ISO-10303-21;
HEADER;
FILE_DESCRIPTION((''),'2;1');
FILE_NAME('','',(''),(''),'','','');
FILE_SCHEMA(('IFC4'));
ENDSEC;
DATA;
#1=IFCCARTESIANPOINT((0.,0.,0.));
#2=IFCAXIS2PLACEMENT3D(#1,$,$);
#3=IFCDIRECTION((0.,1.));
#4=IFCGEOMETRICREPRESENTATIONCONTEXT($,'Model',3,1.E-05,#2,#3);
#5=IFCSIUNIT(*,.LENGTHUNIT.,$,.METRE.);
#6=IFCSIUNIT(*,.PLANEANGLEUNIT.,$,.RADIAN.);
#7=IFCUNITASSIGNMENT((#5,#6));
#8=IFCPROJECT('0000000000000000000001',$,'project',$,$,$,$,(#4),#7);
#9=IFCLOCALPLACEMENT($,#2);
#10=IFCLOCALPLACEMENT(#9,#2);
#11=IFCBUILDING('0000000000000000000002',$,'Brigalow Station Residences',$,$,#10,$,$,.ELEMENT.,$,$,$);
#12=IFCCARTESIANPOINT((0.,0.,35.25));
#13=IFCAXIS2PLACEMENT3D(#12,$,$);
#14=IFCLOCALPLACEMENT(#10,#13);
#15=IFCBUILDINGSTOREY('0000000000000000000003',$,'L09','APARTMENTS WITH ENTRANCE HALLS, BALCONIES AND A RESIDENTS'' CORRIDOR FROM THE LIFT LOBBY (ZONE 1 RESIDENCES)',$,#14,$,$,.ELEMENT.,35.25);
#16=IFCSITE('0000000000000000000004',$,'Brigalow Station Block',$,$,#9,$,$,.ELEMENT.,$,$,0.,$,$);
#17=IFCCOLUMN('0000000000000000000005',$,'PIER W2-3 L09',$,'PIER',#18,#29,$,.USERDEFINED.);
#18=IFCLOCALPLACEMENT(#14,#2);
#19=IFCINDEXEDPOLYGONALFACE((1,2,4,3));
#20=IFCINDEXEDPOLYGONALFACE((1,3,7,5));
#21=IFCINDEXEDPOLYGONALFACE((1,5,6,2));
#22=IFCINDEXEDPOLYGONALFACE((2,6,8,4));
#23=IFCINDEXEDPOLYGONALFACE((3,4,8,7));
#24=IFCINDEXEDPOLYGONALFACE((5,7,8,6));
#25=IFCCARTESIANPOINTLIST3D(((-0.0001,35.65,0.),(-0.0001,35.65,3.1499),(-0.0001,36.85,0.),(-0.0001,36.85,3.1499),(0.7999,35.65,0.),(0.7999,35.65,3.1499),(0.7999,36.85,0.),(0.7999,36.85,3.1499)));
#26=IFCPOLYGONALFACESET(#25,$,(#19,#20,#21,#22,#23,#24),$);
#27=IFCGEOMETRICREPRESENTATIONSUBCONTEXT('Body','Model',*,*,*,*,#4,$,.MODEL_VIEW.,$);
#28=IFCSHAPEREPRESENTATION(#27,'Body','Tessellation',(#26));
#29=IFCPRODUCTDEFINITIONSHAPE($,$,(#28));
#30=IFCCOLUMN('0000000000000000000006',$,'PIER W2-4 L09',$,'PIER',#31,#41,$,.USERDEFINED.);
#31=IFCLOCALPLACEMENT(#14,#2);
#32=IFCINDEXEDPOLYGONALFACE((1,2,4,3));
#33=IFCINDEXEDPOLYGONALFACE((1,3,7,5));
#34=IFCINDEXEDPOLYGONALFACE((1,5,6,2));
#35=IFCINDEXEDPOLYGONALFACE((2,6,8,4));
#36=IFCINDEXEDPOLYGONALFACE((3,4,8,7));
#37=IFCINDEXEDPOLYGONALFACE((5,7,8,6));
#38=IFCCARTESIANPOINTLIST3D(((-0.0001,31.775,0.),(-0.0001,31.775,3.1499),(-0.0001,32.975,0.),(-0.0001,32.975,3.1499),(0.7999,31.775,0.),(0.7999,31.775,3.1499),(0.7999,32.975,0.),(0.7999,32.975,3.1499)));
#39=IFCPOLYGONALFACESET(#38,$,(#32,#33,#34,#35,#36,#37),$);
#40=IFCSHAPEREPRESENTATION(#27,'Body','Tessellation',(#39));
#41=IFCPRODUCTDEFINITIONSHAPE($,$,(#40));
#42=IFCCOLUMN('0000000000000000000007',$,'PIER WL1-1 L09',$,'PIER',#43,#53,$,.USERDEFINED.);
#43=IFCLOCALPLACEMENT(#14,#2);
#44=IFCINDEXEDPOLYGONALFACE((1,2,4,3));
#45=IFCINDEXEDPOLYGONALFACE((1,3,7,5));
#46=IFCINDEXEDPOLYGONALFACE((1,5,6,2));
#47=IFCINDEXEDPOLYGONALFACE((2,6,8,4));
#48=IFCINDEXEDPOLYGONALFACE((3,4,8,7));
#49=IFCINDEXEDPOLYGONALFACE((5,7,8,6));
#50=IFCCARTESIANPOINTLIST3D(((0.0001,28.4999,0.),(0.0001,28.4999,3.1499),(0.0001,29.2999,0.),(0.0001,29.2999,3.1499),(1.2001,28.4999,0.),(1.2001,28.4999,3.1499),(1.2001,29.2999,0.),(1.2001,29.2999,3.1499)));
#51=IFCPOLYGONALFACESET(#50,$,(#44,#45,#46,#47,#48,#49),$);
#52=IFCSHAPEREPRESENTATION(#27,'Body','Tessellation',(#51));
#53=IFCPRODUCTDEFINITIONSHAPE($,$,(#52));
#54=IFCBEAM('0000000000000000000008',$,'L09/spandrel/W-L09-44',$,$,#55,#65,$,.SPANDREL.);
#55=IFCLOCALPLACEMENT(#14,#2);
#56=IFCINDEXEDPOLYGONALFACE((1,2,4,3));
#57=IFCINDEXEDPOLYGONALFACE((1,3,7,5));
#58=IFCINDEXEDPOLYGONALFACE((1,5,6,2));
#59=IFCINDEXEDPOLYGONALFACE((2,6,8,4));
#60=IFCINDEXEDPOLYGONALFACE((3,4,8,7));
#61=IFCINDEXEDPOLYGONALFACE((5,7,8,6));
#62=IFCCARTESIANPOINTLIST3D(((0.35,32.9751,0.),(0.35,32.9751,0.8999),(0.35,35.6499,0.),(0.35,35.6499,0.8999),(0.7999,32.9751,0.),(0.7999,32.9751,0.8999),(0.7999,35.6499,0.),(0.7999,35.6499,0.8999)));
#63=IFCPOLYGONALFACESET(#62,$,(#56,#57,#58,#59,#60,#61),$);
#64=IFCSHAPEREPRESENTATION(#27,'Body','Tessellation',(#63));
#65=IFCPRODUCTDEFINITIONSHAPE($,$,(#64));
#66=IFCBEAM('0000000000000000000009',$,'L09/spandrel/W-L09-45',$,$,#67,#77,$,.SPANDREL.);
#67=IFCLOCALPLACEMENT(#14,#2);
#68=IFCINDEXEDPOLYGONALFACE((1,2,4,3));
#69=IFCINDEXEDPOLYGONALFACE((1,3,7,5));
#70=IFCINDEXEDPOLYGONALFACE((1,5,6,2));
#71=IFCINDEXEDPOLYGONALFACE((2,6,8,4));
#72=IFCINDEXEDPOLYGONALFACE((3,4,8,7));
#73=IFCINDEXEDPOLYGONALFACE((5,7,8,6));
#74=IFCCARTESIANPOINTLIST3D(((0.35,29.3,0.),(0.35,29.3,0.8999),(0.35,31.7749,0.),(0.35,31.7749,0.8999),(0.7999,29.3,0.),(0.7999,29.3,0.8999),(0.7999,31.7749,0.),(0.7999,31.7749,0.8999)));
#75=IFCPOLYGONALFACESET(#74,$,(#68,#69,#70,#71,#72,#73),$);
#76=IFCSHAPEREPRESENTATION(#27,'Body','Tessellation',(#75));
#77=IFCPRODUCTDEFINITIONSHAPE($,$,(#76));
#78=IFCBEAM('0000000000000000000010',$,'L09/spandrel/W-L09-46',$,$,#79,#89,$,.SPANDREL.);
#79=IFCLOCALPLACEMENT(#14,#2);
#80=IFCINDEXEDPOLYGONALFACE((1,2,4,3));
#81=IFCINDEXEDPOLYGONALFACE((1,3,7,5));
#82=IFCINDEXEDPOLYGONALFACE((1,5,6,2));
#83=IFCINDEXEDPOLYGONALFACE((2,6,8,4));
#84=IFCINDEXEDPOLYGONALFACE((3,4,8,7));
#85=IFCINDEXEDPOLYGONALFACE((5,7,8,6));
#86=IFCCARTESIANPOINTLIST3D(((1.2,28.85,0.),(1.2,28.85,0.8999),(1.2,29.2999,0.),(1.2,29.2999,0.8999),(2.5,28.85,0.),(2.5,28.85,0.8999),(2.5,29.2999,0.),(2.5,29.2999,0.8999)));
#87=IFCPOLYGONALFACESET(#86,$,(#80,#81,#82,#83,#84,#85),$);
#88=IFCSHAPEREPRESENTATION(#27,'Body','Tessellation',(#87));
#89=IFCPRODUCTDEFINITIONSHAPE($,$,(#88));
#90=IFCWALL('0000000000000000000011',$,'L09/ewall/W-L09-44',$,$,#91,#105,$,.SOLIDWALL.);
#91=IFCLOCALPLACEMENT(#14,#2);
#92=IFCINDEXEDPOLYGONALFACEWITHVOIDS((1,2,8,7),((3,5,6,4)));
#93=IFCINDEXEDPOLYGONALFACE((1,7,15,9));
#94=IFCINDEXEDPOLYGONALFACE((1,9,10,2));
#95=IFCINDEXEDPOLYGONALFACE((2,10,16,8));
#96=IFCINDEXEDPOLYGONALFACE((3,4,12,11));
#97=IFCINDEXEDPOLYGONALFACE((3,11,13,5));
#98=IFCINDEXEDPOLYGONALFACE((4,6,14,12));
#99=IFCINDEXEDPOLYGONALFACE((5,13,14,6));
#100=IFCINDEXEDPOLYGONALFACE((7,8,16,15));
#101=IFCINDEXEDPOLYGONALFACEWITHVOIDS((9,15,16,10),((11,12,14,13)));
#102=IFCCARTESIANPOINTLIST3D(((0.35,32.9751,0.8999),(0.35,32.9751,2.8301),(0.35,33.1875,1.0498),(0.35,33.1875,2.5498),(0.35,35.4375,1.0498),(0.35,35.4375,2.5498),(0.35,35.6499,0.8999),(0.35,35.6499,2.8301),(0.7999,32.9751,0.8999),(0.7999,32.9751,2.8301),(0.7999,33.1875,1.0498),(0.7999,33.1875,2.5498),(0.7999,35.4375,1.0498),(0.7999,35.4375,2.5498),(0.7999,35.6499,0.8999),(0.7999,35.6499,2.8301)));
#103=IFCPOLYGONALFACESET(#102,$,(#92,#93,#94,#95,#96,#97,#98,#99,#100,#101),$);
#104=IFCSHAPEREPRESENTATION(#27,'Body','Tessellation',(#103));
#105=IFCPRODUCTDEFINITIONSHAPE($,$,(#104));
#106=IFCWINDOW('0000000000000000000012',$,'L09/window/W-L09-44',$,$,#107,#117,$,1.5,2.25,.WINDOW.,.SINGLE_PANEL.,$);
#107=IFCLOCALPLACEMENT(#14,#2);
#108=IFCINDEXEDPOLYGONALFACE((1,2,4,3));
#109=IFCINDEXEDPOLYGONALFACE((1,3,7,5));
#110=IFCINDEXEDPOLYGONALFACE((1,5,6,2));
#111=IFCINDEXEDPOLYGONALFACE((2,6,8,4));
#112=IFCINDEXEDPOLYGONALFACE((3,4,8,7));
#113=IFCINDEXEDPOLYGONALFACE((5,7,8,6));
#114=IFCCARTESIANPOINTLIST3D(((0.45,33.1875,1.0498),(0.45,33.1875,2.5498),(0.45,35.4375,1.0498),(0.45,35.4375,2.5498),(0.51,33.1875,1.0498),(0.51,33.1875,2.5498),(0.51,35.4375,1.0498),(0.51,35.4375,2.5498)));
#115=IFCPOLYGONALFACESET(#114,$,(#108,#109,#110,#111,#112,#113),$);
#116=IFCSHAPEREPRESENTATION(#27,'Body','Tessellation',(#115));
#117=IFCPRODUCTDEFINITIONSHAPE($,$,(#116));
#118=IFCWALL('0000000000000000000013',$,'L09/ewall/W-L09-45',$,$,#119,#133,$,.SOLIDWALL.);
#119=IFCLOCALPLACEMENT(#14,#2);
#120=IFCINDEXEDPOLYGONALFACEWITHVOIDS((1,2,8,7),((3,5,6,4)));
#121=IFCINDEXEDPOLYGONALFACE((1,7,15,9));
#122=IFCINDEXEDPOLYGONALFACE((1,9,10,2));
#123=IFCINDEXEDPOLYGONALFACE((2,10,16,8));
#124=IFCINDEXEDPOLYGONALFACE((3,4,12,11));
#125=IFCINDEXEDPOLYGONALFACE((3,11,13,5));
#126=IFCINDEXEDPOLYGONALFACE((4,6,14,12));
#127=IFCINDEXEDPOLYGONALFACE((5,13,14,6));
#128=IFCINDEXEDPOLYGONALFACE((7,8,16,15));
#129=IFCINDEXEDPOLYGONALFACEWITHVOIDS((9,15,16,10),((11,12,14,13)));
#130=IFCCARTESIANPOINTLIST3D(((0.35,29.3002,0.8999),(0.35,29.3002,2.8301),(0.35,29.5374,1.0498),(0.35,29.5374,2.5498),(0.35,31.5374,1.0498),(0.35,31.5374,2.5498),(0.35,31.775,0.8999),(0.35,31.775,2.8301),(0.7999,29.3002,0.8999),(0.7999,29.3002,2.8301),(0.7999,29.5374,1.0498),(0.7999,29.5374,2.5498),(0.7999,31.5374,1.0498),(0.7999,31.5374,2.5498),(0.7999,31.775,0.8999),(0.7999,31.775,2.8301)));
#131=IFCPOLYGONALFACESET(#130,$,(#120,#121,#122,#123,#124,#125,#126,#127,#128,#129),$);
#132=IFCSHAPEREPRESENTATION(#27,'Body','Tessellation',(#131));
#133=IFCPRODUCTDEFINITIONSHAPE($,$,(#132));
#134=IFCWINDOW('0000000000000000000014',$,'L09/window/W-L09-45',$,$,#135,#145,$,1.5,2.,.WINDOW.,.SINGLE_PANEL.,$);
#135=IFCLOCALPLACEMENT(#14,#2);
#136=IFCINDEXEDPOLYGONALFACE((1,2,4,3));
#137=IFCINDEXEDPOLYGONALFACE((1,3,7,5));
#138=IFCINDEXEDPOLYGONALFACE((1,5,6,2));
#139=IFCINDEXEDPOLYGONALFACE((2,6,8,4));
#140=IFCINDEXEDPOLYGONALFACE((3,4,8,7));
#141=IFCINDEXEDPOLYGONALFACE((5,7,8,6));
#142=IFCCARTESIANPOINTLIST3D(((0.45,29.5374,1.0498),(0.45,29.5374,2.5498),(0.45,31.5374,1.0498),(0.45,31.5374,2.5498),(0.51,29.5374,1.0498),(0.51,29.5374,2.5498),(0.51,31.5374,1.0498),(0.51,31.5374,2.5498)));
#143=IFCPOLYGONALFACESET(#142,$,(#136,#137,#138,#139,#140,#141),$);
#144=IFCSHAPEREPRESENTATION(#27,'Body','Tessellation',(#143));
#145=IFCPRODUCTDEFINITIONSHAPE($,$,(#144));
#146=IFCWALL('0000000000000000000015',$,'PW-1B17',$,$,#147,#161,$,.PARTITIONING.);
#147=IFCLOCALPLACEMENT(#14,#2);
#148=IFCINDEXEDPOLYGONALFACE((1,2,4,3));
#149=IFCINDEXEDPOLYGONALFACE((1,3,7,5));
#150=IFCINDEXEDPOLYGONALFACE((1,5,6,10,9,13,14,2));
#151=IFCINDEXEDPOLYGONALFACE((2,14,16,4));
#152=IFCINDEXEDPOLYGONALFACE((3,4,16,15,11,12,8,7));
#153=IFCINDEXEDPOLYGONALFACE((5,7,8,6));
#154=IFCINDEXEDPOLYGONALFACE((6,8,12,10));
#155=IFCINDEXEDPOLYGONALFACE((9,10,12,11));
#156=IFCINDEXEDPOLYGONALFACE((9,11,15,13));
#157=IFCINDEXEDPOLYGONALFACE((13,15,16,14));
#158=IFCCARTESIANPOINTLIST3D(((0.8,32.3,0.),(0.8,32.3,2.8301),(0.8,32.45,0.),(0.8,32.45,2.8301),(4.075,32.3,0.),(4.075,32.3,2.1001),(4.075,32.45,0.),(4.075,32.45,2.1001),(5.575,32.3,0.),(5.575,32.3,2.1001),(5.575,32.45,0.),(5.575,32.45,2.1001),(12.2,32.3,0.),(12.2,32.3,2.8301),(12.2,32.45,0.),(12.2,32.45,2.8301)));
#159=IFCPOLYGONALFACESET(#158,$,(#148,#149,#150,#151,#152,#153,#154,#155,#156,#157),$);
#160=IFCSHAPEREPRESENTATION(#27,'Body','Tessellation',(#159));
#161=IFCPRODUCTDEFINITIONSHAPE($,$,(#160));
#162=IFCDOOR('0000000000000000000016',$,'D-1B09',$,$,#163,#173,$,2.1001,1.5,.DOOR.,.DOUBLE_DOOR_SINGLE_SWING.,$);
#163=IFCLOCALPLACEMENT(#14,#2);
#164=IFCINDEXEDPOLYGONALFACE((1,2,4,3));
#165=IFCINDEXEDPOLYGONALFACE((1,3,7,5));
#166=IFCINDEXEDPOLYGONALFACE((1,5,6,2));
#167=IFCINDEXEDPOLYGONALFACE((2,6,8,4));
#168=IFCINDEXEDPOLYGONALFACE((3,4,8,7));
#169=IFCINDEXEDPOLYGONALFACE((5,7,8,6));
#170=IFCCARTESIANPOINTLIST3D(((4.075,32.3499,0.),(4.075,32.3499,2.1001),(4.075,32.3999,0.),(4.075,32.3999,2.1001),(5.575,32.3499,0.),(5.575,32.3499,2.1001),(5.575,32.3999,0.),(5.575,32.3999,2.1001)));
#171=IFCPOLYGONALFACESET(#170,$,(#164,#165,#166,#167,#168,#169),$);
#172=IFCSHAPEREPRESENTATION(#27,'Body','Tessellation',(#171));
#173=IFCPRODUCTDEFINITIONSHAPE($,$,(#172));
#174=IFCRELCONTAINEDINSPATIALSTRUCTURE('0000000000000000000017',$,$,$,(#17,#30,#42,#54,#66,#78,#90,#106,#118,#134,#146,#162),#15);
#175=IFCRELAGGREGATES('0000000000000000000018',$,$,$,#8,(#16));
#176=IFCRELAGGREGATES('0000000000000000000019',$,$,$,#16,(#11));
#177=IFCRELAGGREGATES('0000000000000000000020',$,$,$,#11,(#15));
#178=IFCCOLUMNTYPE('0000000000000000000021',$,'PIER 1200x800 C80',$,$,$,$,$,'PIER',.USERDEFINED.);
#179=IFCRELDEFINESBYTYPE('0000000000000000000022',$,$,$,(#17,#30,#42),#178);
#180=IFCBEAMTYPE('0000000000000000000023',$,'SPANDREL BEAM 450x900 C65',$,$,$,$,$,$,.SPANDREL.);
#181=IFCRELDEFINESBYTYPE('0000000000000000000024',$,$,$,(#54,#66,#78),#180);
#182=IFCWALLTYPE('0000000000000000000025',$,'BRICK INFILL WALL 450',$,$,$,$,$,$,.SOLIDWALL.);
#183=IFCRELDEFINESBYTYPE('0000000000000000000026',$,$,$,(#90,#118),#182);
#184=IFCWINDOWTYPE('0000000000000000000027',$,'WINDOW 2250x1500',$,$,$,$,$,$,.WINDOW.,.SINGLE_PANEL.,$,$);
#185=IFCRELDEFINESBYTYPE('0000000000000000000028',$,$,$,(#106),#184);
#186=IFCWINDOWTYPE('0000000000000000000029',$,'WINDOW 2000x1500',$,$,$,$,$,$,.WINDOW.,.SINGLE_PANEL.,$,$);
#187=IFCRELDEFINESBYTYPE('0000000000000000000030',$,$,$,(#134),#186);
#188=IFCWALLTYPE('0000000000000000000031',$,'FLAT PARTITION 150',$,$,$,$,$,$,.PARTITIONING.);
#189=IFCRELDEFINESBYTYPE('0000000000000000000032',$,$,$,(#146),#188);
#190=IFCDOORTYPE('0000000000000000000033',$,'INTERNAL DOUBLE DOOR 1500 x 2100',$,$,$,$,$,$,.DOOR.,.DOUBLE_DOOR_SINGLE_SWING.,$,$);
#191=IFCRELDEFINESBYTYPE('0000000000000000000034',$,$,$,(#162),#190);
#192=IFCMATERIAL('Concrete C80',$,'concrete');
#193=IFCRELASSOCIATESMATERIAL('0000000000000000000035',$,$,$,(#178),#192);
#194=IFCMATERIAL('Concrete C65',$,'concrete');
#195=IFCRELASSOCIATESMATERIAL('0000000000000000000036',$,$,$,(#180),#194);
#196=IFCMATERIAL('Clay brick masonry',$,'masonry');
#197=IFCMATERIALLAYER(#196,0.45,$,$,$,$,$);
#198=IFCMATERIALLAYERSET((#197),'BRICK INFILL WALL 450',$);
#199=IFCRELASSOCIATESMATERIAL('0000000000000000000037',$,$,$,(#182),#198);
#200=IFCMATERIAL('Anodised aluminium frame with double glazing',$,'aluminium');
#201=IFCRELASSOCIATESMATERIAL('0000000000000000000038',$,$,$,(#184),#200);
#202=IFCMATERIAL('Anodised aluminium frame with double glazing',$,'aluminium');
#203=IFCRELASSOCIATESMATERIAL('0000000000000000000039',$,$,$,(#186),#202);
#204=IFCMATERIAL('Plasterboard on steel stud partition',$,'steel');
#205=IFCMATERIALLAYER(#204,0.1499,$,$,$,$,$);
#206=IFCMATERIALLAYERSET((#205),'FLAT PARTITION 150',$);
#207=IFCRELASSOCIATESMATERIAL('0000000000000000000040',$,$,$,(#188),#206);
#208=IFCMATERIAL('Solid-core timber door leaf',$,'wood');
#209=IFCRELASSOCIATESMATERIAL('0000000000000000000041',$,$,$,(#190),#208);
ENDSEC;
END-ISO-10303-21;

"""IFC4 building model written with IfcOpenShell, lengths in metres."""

from ifc_helpers import new_model, si_unit, direction, frame, frame_2d, origin, origin_2d, place, context, subcontext, project, spatial, rectangle, extrude, material, layer, layer_set, material_profile, profile_set, type_object, element, fill, save


model = new_model("IFC4")

# Units and contexts
model_context = context("Model", 3, precision=1e-05, world=origin(), true_north=direction((0.0, 1.0)))
body_context = subcontext(model_context, "Body", "Model", "MODEL_VIEW")
ifc_project = project(units=[si_unit("LENGTHUNIT", "METRE"), si_unit("PLANEANGLEUNIT", "RADIAN")], contexts=[model_context])

# Site, building, storey
site_placement = place(None, origin())
site = spatial("IfcSite", under=ifc_project, at=site_placement, Name="Brigalow Station Block", CompositionType="ELEMENT", RefElevation=0.0)
building_placement = place(site_placement, origin())
building = spatial("IfcBuilding", under=site, at=building_placement, Name="Brigalow Station Residences", CompositionType="ELEMENT")
storey_placement = place(building_placement, frame((0.0, 0.0, 35.25)))
storey = spatial("IfcBuildingStorey", under=building, at=storey_placement, Name="L09", Description="APARTMENTS WITH ENTRANCE HALLS, BALCONIES AND A RESIDENTS' CORRIDOR FROM THE LIFT LOBBY (ZONE 1 RESIDENCES)", CompositionType="ELEMENT", Elevation=35.25)

# Columns
ifc_material_1 = material(Name="Concrete C80", Category="concrete")
ifc_material_profile_1 = material_profile(ifc_material_1, rectangle(XDim=1.2, YDim=0.8, at=origin_2d()), Name="RC1200x800")
ifc_profile_set_1 = profile_set([ifc_material_profile_1], Name="Concrete C80")
column_type = type_object("IfcColumnType", Name="PIER 1200x800 C80", ElementType="PIER", PredefinedType="USERDEFINED", material=ifc_profile_set_1)
for number, where, z_axis, x_axis, name in (
    (1, (0.3999, 36.25, 0.0), (0.0, 0.0, 1.0), (0.0, -1.0, 0.0), "PIER W2-3 L09"),
    (2, (0.3999, 32.375, 0.0), (0.0, 0.0, 1.0), (0.0, -1.0, 0.0), "PIER W2-4 L09"),
    (3, (0.6001, 28.8999, 0.0), (0.0, 0.0, 1.0), (1.0, 0.0, 0.0), "PIER WL1-1 L09"),
):
    element("IfcColumn", number, at=place(storey_placement, frame(where, z_axis=z_axis, x_axis=x_axis)), inside=storey, type_object=column_type, Name=name, ObjectType="PIER", PredefinedType="USERDEFINED", context=body_context, shape_type="SweptSolid", body=[
        extrude(rectangle(XDim=1.2, YDim=0.8, at=origin_2d()), origin(), (0.0, 0.0, 1.0), 3.1499),
    ])

# Beams
ifc_material_2 = material(Name="Concrete C65", Category="concrete")
ifc_material_profile_2 = material_profile(ifc_material_2, rectangle(XDim=0.45, YDim=0.8999, at=origin_2d()), Name="RC450x900")
ifc_profile_set_2 = profile_set([ifc_material_profile_2], Name="Concrete C65")
beam_type = type_object("IfcBeamType", Name="SPANDREL BEAM 450x900 C65", PredefinedType="SPANDREL", material=ifc_profile_set_2)
beam_1_placement = place(storey_placement, frame((0.575, 35.6499, 0.45), z_axis=(0.0, -1.0, 0.0), x_axis=(1.0, 0.0, 0.0)))
element("IfcBeam", 4, at=beam_1_placement, inside=storey, type_object=beam_type, Name="L09/spandrel/W-L09-44", PredefinedType="SPANDREL", context=body_context, shape_type="SweptSolid", body=[
    extrude(rectangle(XDim=0.45, YDim=0.8999, at=origin_2d()), origin(), (0.0, 0.0, 1.0), 2.6748),
])
beam_2_placement = place(storey_placement, frame((0.575, 31.7749, 0.45), z_axis=(0.0, -1.0, 0.0), x_axis=(1.0, 0.0, 0.0)))
element("IfcBeam", 5, at=beam_2_placement, inside=storey, type_object=beam_type, Name="L09/spandrel/W-L09-45", PredefinedType="SPANDREL", context=body_context, shape_type="SweptSolid", body=[
    extrude(rectangle(XDim=0.45, YDim=0.8999, at=origin_2d()), origin(), (0.0, 0.0, 1.0), 2.4749),
])
beam_3_placement = place(storey_placement, frame((1.2, 29.075, 0.45), z_axis=(1.0, 0.0, 0.0), x_axis=(0.0, 1.0, 0.0)))
element("IfcBeam", 6, at=beam_3_placement, inside=storey, type_object=beam_type, Name="L09/spandrel/W-L09-46", PredefinedType="SPANDREL", context=body_context, shape_type="SweptSolid", body=[
    extrude(rectangle(XDim=0.45, YDim=0.8999, at=origin_2d()), origin(), (0.0, 0.0, 1.0), 1.3),
])

# Walls, openings, windows
ifc_material_3 = material(Name="Clay brick masonry", Category="masonry")
ifc_layer_1 = layer(ifc_material_3, 0.45)
ifc_layer_set_1 = layer_set([ifc_layer_1], Name="BRICK INFILL WALL 450")
wall_type_1 = type_object("IfcWallType", Name="BRICK INFILL WALL 450", PredefinedType="SOLIDWALL", material=ifc_layer_set_1)
wall_1_placement = place(storey_placement, frame((0.575, 35.6499, 0.8999), z_axis=(0.0, 0.0, 1.0), x_axis=(0.0, -1.0, 0.0)))
wall_1 = element("IfcWall", 7, at=wall_1_placement, inside=storey, type_object=wall_type_1, Name="L09/ewall/W-L09-44", PredefinedType="SOLIDWALL", context=body_context, shape_type="SweptSolid", body=[
    extrude(rectangle(XDim=2.6748, YDim=0.45, at=frame_2d((1.3374, 0.0))), origin(), (0.0, 0.0, 1.0), 1.9302),
])
opening_1_placement = place(wall_1_placement, frame((0.2124, 0.0, 0.1499)))
opening_1 = element("IfcOpeningElement", 8, at=opening_1_placement, cuts=wall_1, PredefinedType="OPENING", context=body_context, shape_type="SweptSolid", body=[
    extrude(rectangle(XDim=2.25, YDim=1.5, at=frame_2d((1.125, 0.75))), frame((0.0, 0.2349, 0.0), z_axis=(0.0, -1.0, 0.0), x_axis=(1.0, 0.0, 0.0)), (0.0, 0.0, 1.0), 0.47),
])
ifc_material_4 = material(Name="Anodised aluminium frame with double glazing", Category="aluminium")
window_type_1 = type_object("IfcWindowType", Name="WINDOW 2250x1500", PartitioningType="SINGLE_PANEL", PredefinedType="WINDOW", material=ifc_material_4)
window_1_placement = place(opening_1_placement, origin())
window_1 = element("IfcWindow", 9, at=window_1_placement, inside=storey, type_object=window_type_1, Name="L09/window/W-L09-44", OverallHeight=1.5, OverallWidth=2.25, PartitioningType="SINGLE_PANEL", PredefinedType="WINDOW", context=body_context, shape_type="SweptSolid", body=[
    extrude(rectangle(XDim=2.25, YDim=1.5, at=frame_2d((1.125, 0.75))), frame((0.0, -0.0649, 0.0), z_axis=(0.0, -1.0, 0.0), x_axis=(1.0, 0.0, 0.0)), (0.0, 0.0, 1.0), 0.0601),
])
fill(opening_1, window_1)
wall_2_placement = place(storey_placement, frame((0.575, 31.7749, 0.8999), z_axis=(0.0, 0.0, 1.0), x_axis=(0.0, -1.0, 0.0)))
wall_2 = element("IfcWall", 10, at=wall_2_placement, inside=storey, type_object=wall_type_1, Name="L09/ewall/W-L09-45", PredefinedType="SOLIDWALL", context=body_context, shape_type="SweptSolid", body=[
    extrude(rectangle(XDim=2.4749, YDim=0.45, at=frame_2d((1.2373, 0.0))), origin(), (0.0, 0.0, 1.0), 1.9302),
])
opening_2_placement = place(wall_2_placement, frame((0.2375, 0.0, 0.1499)))
opening_2 = element("IfcOpeningElement", 11, at=opening_2_placement, cuts=wall_2, PredefinedType="OPENING", context=body_context, shape_type="SweptSolid", body=[
    extrude(rectangle(XDim=2.0, YDim=1.5, at=frame_2d((1.0, 0.75))), frame((0.0, 0.2349, 0.0), z_axis=(0.0, -1.0, 0.0), x_axis=(1.0, 0.0, 0.0)), (0.0, 0.0, 1.0), 0.47),
])
ifc_material_5 = material(Name="Anodised aluminium frame with double glazing", Category="aluminium")
window_type_2 = type_object("IfcWindowType", Name="WINDOW 2000x1500", PartitioningType="SINGLE_PANEL", PredefinedType="WINDOW", material=ifc_material_5)
window_2_placement = place(opening_2_placement, origin())
window_2 = element("IfcWindow", 12, at=window_2_placement, inside=storey, type_object=window_type_2, Name="L09/window/W-L09-45", OverallHeight=1.5, OverallWidth=2.0, PartitioningType="SINGLE_PANEL", PredefinedType="WINDOW", context=body_context, shape_type="SweptSolid", body=[
    extrude(rectangle(XDim=2.0, YDim=1.5, at=frame_2d((1.0, 0.75))), frame((0.0, -0.0649, 0.0), z_axis=(0.0, -1.0, 0.0), x_axis=(1.0, 0.0, 0.0)), (0.0, 0.0, 1.0), 0.0601),
])
fill(opening_2, window_2)

# Wall, opening, door
ifc_material_6 = material(Name="Plasterboard on steel stud partition", Category="steel")
ifc_layer_2 = layer(ifc_material_6, 0.1499)
ifc_layer_set_2 = layer_set([ifc_layer_2], Name="FLAT PARTITION 150")
wall_type_2 = type_object("IfcWallType", Name="FLAT PARTITION 150", PredefinedType="PARTITIONING", material=ifc_layer_set_2)
wall_3_placement = place(storey_placement, frame((0.8, 32.375, 0.0), z_axis=(0.0, 0.0, 1.0), x_axis=(1.0, 0.0, 0.0)))
wall_3 = element("IfcWall", 13, at=wall_3_placement, inside=storey, type_object=wall_type_2, Name="PW-1B17", PredefinedType="PARTITIONING", context=body_context, shape_type="SweptSolid", body=[
    extrude(rectangle(XDim=11.3999, YDim=0.1499, at=frame_2d((5.7, 0.0))), origin(), (0.0, 0.0, 1.0), 2.8301),
])
opening_3_placement = place(wall_3_placement, frame((3.2749, 0.0, 0.0)))
opening_3 = element("IfcOpeningElement", 14, at=opening_3_placement, cuts=wall_3, PredefinedType="OPENING", context=body_context, shape_type="SweptSolid", body=[
    extrude(rectangle(XDim=1.5, YDim=2.1001, at=frame_2d((0.75, 1.05))), frame((0.0, 0.085, 0.0), z_axis=(0.0, -1.0, 0.0), x_axis=(1.0, 0.0, 0.0)), (0.0, 0.0, 1.0), 0.1699),
])
ifc_material_7 = material(Name="Solid-core timber door leaf", Category="wood")
door_type = type_object("IfcDoorType", Name="INTERNAL DOUBLE DOOR 1500 x 2100", OperationType="DOUBLE_DOOR_SINGLE_SWING", PredefinedType="DOOR", material=ifc_material_7)
door_placement = place(opening_3_placement, origin())
door = element("IfcDoor", 15, at=door_placement, inside=storey, type_object=door_type, Name="D-1B09", OperationType="DOUBLE_DOOR_SINGLE_SWING", OverallHeight=2.1001, OverallWidth=1.5, PredefinedType="DOOR", context=body_context, shape_type="SweptSolid", body=[
    extrude(rectangle(XDim=1.5, YDim=2.1001, at=frame_2d((0.75, 1.05))), frame((0.0, 0.0249, 0.0), z_axis=(0.0, -1.0, 0.0), x_axis=(1.0, 0.0, 0.0)), (0.0, 0.0, 1.0), 0.05),
])
fill(opening_3, door)

save(model, "model.ifc")
